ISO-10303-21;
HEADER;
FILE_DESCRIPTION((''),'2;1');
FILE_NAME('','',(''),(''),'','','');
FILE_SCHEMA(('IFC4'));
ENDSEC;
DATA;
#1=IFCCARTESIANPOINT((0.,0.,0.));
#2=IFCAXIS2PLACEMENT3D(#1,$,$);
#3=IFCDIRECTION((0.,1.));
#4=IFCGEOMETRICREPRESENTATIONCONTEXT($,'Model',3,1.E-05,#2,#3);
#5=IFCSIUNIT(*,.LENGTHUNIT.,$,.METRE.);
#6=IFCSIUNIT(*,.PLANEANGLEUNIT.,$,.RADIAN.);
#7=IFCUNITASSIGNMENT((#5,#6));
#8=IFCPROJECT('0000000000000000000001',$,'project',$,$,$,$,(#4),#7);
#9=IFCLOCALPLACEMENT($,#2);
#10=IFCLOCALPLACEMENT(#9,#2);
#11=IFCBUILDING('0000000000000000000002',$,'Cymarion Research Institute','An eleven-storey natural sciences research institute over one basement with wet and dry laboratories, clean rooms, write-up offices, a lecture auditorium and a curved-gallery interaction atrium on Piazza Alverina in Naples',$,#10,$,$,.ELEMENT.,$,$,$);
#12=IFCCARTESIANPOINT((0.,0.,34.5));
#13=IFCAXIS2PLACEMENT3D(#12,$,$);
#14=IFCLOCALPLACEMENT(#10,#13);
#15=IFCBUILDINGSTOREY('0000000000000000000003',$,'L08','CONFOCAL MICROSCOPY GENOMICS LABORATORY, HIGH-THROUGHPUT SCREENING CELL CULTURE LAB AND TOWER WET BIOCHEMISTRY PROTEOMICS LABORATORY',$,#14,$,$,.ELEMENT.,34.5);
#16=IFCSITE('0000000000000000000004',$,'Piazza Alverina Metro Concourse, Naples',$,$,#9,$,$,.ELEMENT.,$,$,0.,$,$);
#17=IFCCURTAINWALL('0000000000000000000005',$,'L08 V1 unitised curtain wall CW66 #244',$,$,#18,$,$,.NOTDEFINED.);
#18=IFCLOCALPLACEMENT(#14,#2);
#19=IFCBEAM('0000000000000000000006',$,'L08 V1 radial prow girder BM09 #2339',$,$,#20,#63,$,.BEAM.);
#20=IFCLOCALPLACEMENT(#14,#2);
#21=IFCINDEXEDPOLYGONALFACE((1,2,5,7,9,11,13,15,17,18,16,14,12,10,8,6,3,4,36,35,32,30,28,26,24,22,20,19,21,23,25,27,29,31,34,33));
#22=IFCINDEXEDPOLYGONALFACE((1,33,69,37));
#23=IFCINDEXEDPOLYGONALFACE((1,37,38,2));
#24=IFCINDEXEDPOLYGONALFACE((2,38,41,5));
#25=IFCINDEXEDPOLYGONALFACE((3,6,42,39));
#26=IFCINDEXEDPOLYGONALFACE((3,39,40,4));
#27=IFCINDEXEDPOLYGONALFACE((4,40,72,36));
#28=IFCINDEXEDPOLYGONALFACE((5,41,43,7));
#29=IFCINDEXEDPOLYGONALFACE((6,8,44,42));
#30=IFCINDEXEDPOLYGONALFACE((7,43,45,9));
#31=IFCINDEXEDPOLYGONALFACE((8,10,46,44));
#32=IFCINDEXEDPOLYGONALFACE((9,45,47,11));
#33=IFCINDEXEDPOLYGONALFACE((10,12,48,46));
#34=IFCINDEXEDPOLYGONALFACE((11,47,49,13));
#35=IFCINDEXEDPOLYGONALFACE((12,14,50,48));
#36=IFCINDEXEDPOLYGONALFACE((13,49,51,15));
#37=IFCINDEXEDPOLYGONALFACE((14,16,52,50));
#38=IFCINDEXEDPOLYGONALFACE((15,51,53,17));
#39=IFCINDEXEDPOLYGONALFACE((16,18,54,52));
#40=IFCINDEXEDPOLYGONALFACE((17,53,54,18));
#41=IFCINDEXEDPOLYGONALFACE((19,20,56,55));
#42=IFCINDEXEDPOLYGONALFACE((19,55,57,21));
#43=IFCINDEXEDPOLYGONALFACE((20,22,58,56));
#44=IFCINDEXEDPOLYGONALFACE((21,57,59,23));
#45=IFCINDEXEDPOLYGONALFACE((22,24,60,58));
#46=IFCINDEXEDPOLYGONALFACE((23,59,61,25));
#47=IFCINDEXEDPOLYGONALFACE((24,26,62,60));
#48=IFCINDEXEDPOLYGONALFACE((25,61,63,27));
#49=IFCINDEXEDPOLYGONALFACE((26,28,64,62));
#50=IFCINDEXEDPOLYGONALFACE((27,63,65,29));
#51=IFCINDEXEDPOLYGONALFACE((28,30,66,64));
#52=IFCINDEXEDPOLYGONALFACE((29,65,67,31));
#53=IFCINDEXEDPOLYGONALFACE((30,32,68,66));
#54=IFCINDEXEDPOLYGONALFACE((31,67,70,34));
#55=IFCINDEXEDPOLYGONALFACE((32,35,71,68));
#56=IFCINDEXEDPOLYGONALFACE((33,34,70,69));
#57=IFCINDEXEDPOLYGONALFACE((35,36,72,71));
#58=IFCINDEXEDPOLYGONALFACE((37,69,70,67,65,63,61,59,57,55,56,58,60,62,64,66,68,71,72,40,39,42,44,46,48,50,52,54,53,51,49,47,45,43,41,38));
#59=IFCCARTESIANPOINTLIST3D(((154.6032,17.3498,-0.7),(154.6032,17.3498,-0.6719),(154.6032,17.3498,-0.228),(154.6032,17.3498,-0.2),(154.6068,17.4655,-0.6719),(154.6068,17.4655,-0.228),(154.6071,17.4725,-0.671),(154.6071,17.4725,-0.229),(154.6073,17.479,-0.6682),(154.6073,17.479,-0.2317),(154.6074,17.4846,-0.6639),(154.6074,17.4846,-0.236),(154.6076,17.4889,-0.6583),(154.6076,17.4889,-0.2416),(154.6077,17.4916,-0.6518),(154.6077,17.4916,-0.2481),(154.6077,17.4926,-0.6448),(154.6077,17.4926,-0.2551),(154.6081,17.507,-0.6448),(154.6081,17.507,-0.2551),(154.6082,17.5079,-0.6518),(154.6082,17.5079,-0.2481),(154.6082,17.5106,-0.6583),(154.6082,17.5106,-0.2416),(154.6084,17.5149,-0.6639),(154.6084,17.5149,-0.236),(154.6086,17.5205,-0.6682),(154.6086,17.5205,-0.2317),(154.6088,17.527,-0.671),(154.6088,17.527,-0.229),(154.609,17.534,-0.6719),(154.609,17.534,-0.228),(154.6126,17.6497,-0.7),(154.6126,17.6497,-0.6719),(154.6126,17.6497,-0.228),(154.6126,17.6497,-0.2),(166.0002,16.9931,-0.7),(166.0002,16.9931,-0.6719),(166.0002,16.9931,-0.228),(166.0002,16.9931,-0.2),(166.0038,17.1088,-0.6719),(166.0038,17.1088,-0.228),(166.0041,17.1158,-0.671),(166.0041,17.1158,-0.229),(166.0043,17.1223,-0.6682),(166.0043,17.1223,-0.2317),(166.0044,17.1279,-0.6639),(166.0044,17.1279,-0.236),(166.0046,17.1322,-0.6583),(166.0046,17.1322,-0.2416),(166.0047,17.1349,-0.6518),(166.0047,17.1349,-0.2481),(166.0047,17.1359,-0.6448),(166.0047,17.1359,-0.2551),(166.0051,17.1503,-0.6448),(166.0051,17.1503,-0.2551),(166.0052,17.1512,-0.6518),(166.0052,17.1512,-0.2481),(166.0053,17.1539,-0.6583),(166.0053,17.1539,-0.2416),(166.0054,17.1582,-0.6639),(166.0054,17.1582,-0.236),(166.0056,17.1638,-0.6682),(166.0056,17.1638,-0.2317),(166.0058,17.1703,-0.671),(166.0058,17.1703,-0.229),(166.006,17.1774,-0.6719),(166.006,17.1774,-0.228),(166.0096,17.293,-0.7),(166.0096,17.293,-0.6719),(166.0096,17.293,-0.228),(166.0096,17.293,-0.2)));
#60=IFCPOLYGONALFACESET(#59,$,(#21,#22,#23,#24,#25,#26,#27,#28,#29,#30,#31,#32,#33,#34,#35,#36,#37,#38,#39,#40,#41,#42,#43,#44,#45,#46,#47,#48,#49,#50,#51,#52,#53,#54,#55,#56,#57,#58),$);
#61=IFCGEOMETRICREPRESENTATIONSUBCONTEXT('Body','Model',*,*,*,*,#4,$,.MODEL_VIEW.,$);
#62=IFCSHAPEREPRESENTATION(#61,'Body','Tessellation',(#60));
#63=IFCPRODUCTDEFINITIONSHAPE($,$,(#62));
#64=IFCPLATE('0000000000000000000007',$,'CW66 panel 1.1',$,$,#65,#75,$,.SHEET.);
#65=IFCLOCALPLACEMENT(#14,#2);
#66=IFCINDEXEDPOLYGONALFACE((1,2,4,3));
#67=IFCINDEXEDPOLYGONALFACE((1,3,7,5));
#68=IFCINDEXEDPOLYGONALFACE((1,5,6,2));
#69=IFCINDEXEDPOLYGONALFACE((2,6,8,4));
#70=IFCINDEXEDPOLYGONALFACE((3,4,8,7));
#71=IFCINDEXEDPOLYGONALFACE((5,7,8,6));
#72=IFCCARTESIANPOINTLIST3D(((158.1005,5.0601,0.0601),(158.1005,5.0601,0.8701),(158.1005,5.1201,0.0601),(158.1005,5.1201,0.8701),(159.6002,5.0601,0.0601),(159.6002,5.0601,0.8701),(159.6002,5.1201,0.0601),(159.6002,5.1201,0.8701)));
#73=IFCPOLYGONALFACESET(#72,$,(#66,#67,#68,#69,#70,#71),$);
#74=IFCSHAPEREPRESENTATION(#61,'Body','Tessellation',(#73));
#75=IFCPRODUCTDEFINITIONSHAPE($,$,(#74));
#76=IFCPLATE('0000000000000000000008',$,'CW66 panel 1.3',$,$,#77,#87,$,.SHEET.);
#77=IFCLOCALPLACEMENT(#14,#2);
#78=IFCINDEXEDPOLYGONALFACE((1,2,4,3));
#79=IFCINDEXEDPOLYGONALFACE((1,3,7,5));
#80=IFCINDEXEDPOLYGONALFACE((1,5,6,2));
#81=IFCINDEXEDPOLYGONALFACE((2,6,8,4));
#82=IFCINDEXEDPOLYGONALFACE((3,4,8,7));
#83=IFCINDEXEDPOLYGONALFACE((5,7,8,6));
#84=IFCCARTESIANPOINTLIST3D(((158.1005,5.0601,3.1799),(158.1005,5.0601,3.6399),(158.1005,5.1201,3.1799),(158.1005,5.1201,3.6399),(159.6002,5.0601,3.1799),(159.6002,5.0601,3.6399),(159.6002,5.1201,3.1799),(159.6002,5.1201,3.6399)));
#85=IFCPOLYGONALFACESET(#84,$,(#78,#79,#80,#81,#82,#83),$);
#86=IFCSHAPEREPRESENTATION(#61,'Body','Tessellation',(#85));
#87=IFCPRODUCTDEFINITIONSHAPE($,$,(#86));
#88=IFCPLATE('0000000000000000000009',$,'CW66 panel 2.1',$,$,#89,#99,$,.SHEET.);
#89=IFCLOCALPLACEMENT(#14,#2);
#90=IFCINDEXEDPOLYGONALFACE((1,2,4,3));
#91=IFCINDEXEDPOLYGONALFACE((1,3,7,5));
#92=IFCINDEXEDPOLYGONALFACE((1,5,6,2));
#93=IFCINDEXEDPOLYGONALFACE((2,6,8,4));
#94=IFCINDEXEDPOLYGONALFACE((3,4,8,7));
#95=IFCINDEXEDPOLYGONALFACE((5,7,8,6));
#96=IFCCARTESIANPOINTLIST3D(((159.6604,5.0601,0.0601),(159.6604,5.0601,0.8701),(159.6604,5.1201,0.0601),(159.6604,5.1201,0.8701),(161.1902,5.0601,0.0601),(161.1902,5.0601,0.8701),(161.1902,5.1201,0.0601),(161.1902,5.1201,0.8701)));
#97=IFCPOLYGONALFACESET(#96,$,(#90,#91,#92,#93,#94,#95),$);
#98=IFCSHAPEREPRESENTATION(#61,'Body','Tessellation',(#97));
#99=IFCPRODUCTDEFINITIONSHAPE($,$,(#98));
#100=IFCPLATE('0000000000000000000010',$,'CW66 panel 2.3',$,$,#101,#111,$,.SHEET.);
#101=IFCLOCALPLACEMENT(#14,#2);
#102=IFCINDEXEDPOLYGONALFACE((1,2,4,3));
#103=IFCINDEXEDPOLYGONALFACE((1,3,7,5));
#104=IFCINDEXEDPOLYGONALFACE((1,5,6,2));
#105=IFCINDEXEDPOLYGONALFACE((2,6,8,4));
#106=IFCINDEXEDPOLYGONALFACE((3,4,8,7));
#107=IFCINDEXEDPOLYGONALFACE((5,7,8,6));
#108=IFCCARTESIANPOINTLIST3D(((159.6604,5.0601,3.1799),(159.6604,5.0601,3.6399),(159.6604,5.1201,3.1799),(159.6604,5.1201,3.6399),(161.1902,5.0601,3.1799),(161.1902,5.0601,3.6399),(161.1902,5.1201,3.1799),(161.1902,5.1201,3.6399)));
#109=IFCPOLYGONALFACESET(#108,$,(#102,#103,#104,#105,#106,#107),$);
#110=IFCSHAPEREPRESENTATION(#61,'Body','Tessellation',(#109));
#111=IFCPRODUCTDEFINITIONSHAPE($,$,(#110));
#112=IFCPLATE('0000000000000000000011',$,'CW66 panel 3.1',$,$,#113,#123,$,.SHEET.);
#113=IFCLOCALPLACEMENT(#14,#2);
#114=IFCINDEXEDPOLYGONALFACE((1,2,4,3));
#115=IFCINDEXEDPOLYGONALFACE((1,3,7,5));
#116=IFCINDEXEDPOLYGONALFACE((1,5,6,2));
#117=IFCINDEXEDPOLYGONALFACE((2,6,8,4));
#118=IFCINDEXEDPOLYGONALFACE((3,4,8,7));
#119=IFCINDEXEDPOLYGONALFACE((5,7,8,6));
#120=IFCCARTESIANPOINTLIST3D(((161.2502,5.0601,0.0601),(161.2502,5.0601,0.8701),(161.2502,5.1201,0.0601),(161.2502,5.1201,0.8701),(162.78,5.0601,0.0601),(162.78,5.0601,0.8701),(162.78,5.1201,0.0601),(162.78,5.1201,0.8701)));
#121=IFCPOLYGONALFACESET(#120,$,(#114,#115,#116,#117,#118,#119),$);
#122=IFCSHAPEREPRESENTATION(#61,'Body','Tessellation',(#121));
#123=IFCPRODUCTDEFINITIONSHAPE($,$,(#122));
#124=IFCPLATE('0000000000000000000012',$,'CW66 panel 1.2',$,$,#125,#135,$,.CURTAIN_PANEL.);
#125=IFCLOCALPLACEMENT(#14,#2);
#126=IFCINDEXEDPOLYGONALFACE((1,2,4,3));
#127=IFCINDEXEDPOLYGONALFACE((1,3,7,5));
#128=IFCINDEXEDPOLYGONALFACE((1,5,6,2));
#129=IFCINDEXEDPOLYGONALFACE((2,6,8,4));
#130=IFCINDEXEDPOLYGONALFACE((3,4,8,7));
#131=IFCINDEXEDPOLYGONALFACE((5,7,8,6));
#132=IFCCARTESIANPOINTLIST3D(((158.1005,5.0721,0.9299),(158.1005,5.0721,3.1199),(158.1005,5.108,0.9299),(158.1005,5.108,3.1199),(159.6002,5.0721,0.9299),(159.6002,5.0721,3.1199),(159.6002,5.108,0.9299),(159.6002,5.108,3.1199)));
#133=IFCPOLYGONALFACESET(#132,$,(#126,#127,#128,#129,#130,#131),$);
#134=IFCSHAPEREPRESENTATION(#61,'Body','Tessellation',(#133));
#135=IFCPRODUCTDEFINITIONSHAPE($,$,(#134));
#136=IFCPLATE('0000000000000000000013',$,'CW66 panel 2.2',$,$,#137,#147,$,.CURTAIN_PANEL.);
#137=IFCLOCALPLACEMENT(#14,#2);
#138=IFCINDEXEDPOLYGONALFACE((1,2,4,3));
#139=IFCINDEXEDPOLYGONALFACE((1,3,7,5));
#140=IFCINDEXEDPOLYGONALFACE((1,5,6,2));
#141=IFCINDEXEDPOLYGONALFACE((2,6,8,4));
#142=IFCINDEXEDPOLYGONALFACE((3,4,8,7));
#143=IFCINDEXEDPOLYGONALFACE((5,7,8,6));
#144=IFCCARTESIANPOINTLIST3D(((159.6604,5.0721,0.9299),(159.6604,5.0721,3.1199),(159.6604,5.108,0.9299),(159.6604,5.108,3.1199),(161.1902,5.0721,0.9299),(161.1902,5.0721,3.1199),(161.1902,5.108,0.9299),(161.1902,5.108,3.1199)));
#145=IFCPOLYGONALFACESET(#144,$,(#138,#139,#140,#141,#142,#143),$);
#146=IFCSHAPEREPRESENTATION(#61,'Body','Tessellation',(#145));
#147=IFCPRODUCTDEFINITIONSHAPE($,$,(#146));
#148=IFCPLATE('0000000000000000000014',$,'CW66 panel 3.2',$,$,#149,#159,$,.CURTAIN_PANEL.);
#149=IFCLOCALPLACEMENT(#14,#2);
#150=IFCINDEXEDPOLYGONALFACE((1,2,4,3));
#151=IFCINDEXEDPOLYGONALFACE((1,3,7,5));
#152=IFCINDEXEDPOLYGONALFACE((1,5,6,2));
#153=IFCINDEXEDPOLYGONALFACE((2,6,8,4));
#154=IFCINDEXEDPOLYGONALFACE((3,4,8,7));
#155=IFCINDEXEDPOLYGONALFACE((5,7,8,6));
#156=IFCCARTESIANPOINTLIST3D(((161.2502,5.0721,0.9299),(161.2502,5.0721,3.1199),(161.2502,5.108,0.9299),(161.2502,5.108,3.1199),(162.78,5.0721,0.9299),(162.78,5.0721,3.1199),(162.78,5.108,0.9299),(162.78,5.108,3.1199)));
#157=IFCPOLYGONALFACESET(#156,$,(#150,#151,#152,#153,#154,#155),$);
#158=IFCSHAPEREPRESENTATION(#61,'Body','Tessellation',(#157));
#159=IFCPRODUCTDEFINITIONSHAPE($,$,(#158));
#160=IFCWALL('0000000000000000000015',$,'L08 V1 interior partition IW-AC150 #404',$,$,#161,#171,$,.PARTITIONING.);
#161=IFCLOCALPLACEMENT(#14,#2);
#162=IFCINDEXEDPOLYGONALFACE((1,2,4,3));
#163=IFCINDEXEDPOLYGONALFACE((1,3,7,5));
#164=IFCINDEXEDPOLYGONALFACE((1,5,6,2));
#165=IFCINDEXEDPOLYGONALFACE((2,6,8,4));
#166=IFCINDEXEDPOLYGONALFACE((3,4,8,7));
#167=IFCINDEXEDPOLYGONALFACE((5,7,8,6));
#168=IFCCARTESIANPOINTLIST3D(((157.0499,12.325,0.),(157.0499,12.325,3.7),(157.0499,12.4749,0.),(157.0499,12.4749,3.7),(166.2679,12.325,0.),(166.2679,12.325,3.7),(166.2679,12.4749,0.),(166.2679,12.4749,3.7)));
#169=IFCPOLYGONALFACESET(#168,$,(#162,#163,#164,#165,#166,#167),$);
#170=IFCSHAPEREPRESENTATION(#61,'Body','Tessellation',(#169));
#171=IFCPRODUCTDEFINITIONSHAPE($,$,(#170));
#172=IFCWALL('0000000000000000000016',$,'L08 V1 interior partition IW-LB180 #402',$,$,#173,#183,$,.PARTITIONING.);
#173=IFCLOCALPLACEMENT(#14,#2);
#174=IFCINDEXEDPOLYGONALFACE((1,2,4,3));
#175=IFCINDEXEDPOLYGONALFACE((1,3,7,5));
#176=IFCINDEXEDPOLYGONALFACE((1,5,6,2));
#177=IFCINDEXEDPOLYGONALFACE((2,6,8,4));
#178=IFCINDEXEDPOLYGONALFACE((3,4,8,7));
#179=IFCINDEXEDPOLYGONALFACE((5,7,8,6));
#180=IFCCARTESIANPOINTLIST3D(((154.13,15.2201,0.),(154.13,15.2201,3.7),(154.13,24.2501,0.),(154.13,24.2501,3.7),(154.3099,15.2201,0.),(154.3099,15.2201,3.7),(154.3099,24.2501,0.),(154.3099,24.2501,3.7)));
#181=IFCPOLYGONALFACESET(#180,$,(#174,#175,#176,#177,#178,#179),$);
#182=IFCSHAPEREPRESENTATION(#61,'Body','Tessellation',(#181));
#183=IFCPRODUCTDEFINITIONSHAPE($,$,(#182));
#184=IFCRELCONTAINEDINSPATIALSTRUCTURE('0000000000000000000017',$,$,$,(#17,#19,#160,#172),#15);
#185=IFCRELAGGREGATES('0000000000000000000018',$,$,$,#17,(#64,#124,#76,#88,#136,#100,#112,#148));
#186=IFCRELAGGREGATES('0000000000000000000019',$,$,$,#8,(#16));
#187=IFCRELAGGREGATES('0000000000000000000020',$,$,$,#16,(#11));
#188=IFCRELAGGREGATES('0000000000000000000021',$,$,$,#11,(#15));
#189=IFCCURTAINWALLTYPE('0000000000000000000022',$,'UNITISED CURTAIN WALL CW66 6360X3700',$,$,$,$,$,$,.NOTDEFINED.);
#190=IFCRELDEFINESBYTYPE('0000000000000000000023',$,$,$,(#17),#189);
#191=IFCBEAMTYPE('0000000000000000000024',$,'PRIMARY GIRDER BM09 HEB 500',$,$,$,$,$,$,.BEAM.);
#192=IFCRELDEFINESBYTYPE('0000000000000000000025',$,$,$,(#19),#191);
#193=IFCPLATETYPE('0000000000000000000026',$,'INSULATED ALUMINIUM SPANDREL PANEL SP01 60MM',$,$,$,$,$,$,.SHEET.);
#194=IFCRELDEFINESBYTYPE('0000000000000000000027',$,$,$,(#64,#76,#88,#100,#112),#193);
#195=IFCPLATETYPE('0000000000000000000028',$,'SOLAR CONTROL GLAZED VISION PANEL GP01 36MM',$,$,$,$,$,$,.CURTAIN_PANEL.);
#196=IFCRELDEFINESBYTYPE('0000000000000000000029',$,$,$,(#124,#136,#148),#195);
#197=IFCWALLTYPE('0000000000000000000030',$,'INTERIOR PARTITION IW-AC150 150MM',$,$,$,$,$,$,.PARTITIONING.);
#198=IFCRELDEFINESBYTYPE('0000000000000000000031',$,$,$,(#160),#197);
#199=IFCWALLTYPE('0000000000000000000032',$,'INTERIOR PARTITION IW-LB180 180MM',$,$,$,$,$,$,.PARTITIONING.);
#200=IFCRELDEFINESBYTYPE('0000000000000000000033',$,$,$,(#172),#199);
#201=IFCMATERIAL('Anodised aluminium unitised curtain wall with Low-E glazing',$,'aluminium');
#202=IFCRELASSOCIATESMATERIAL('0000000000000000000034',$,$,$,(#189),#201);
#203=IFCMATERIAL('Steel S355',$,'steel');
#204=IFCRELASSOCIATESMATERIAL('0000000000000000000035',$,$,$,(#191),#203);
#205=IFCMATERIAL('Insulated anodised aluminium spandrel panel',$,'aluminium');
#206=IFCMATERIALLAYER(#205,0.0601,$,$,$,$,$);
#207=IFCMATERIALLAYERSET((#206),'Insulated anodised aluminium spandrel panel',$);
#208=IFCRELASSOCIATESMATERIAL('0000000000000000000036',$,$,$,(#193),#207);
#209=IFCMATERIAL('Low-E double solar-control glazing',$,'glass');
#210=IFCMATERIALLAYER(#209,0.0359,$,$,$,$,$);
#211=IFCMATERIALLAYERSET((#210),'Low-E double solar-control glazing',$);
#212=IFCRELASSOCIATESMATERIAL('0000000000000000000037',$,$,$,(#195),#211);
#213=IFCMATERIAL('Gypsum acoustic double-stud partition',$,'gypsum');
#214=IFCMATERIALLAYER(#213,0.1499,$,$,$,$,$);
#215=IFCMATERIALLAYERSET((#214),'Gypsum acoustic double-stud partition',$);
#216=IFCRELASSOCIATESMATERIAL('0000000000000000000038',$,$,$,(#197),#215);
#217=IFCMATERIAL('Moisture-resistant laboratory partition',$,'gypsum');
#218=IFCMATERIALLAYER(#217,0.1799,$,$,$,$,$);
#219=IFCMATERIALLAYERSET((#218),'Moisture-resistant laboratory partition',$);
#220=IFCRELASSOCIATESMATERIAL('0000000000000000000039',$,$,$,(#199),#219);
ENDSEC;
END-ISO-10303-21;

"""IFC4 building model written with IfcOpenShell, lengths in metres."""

from ifc_helpers import new_model, si_unit, direction, frame, frame_2d, origin, origin_2d, place, context, subcontext, project, spatial, rectangle, i_section, extrude, material, layer, layer_set, material_profile, profile_set, type_object, element, aggregate, save


model = new_model("IFC4")

# Units and contexts
model_context = context("Model", 3, precision=1e-05, world=origin(), true_north=direction((0.0, 1.0)))
body_context = subcontext(model_context, "Body", "Model", "MODEL_VIEW")
ifc_project = project(units=[si_unit("LENGTHUNIT", "METRE"), si_unit("PLANEANGLEUNIT", "RADIAN")], contexts=[model_context])

# Site, building, storey
site_placement = place(None, origin())
site = spatial("IfcSite", under=ifc_project, at=site_placement, Name="Piazza Alverina Metro Concourse, Naples", CompositionType="ELEMENT", RefElevation=0.0)
building_placement = place(site_placement, origin())
building = spatial("IfcBuilding", under=site, at=building_placement, Name="Cymarion Research Institute", Description="An eleven-storey natural sciences research institute over one basement with wet and dry laboratories, clean rooms, write-up offices, a lecture auditorium and a curved-gallery interaction atrium on Piazza Alverina in Naples", CompositionType="ELEMENT")
storey_placement = place(building_placement, frame((0.0, 0.0, 34.5)))
storey = spatial("IfcBuildingStorey", under=building, at=storey_placement, Name="L08", Description="CONFOCAL MICROSCOPY GENOMICS LABORATORY, HIGH-THROUGHPUT SCREENING CELL CULTURE LAB AND TOWER WET BIOCHEMISTRY PROTEOMICS LABORATORY", CompositionType="ELEMENT", Elevation=34.5)

# Shared definitions
ifc_material_1 = material(Name="Steel S355", Category="steel")

# Curtain wall
ifc_material_2 = material(Name="Anodised aluminium unitised curtain wall with Low-E glazing", Category="aluminium")
curtain_wall_type = type_object("IfcCurtainWallType", Name="UNITISED CURTAIN WALL CW66 6360X3700", PredefinedType="NOTDEFINED", material=ifc_material_2)
curtain_wall_placement = place(storey_placement, origin())
curtain_wall = element("IfcCurtainWall", 1, at=curtain_wall_placement, inside=storey, type_object=curtain_wall_type, Name="L08 V1 unitised curtain wall CW66 #244", PredefinedType="NOTDEFINED")

# Beam
ifc_material_profile_1 = material_profile(ifc_material_1, i_section(OverallWidth=0.3, OverallDepth=0.5, WebThickness=0.0144, FlangeThickness=0.0281, FilletRadius=0.0271, at=origin_2d()), Name="HEB 500")
ifc_profile_set_1 = profile_set([ifc_material_profile_1], Name="Steel S355")
beam_type_1 = type_object("IfcBeamType", Name="PRIMARY GIRDER BM09 HEB 500", PredefinedType="BEAM", material=ifc_profile_set_1)
beam_1_placement = place(storey_placement, frame((154.6079, 17.4998, -0.45), z_axis=(0.999511, -0.031282, 0.0), x_axis=(0.031282, 0.999511, 0.0)))
element("IfcBeam", 2, at=beam_1_placement, inside=storey, type_object=beam_type_1, Name="L08 V1 radial prow girder BM09 #2339", PredefinedType="BEAM", context=body_context, shape_type="SweptSolid", body=[
    extrude(i_section(OverallWidth=0.3, OverallDepth=0.5, WebThickness=0.0144, FlangeThickness=0.0281, FilletRadius=0.0271, at=origin_2d()), origin(), (0.0, 0.0, 1.0), 11.4026),
])

# Plates
ifc_material_3 = material(Name="Insulated anodised aluminium spandrel panel", Category="aluminium")
ifc_layer_1 = layer(ifc_material_3, 0.0601)
ifc_layer_set_1 = layer_set([ifc_layer_1], Name="Insulated anodised aluminium spandrel panel")
plate_type_1 = type_object("IfcPlateType", Name="INSULATED ALUMINIUM SPANDREL PANEL SP01 60MM", PredefinedType="SHEET", material=ifc_layer_set_1)
plate_1_placement = place(storey_placement, frame((158.8503, 5.0901, 0.0601), z_axis=(0.0, 0.0, 1.0), x_axis=(1.0, 0.0, 0.0)))
plate_1 = element("IfcPlate", 3, at=plate_1_placement, type_object=plate_type_1, Name="CW66 panel 1.1", PredefinedType="SHEET", context=body_context, shape_type="SweptSolid", body=[
    extrude(rectangle(XDim=1.4998, YDim=0.0601, at=origin_2d()), origin(), (0.0, 0.0, 1.0), 0.8101),
])
plate_2_placement = place(storey_placement, frame((158.8503, 5.0901, 3.1799), z_axis=(0.0, 0.0, 1.0), x_axis=(1.0, 0.0, 0.0)))
plate_2 = element("IfcPlate", 4, at=plate_2_placement, type_object=plate_type_1, Name="CW66 panel 1.3", PredefinedType="SHEET", context=body_context, shape_type="SweptSolid", body=[
    extrude(rectangle(XDim=1.4998, YDim=0.0601, at=origin_2d()), origin(), (0.0, 0.0, 1.0), 0.46),
])
plate_3_placement = place(storey_placement, frame((160.4253, 5.0901, 0.0601), z_axis=(0.0, 0.0, 1.0), x_axis=(1.0, 0.0, 0.0)))
plate_3 = element("IfcPlate", 5, at=plate_3_placement, type_object=plate_type_1, Name="CW66 panel 2.1", PredefinedType="SHEET", context=body_context, shape_type="SweptSolid", body=[
    extrude(rectangle(XDim=1.5298, YDim=0.0601, at=origin_2d()), origin(), (0.0, 0.0, 1.0), 0.8101),
])
plate_4_placement = place(storey_placement, frame((160.4253, 5.0901, 3.1799), z_axis=(0.0, 0.0, 1.0), x_axis=(1.0, 0.0, 0.0)))
plate_4 = element("IfcPlate", 6, at=plate_4_placement, type_object=plate_type_1, Name="CW66 panel 2.3", PredefinedType="SHEET", context=body_context, shape_type="SweptSolid", body=[
    extrude(rectangle(XDim=1.5298, YDim=0.0601, at=origin_2d()), origin(), (0.0, 0.0, 1.0), 0.46),
])
plate_5_placement = place(storey_placement, frame((162.0151, 5.0901, 0.0601), z_axis=(0.0, 0.0, 1.0), x_axis=(1.0, 0.0, 0.0)))
plate_5 = element("IfcPlate", 7, at=plate_5_placement, type_object=plate_type_1, Name="CW66 panel 3.1", PredefinedType="SHEET", context=body_context, shape_type="SweptSolid", body=[
    extrude(rectangle(XDim=1.5298, YDim=0.0601, at=origin_2d()), origin(), (0.0, 0.0, 1.0), 0.8101),
])
ifc_material_4 = material(Name="Low-E double solar-control glazing", Category="glass")
ifc_layer_2 = layer(ifc_material_4, 0.0359)
ifc_layer_set_2 = layer_set([ifc_layer_2], Name="Low-E double solar-control glazing")
plate_type_2 = type_object("IfcPlateType", Name="SOLAR CONTROL GLAZED VISION PANEL GP01 36MM", PredefinedType="CURTAIN_PANEL", material=ifc_layer_set_2)
plate_6_placement = place(storey_placement, frame((158.8503, 5.0901, 0.9299), z_axis=(0.0, 0.0, 1.0), x_axis=(1.0, 0.0, 0.0)))
plate_6 = element("IfcPlate", 8, at=plate_6_placement, type_object=plate_type_2, Name="CW66 panel 1.2", PredefinedType="CURTAIN_PANEL", context=body_context, shape_type="SweptSolid", body=[
    extrude(rectangle(XDim=1.4998, YDim=0.0359, at=origin_2d()), origin(), (0.0, 0.0, 1.0), 2.1899),
])
plate_7_placement = place(storey_placement, frame((160.4253, 5.0901, 0.9299), z_axis=(0.0, 0.0, 1.0), x_axis=(1.0, 0.0, 0.0)))
plate_7 = element("IfcPlate", 9, at=plate_7_placement, type_object=plate_type_2, Name="CW66 panel 2.2", PredefinedType="CURTAIN_PANEL", context=body_context, shape_type="SweptSolid", body=[
    extrude(rectangle(XDim=1.5298, YDim=0.0359, at=origin_2d()), origin(), (0.0, 0.0, 1.0), 2.1899),
])
plate_8_placement = place(storey_placement, frame((162.0151, 5.0901, 0.9299), z_axis=(0.0, 0.0, 1.0), x_axis=(1.0, 0.0, 0.0)))
plate_8 = element("IfcPlate", 10, at=plate_8_placement, type_object=plate_type_2, Name="CW66 panel 3.2", PredefinedType="CURTAIN_PANEL", context=body_context, shape_type="SweptSolid", body=[
    extrude(rectangle(XDim=1.5298, YDim=0.0359, at=origin_2d()), origin(), (0.0, 0.0, 1.0), 2.1899),
])
aggregate(curtain_wall, [plate_1, plate_6, plate_2, plate_3, plate_7, plate_4, plate_5, plate_8])

# Walls
ifc_material_5 = material(Name="Gypsum acoustic double-stud partition", Category="gypsum")
ifc_layer_3 = layer(ifc_material_5, 0.1499)
ifc_layer_set_3 = layer_set([ifc_layer_3], Name="Gypsum acoustic double-stud partition")
wall_type_1 = type_object("IfcWallType", Name="INTERIOR PARTITION IW-AC150 150MM", PredefinedType="PARTITIONING", material=ifc_layer_set_3)
wall_1_placement = place(storey_placement, frame((157.05, 12.3999, 0.0), z_axis=(0.0, 0.0, 1.0), x_axis=(1.0, 0.0, 0.0)))
element("IfcWall", 11, at=wall_1_placement, inside=storey, type_object=wall_type_1, Name="L08 V1 interior partition IW-AC150 #404", PredefinedType="PARTITIONING", context=body_context, shape_type="SweptSolid", body=[
    extrude(rectangle(XDim=9.218, YDim=0.1499, at=frame_2d((4.6089, 0.0))), origin(), (0.0, 0.0, 1.0), 3.7),
])
ifc_material_6 = material(Name="Moisture-resistant laboratory partition", Category="gypsum")
ifc_layer_4 = layer(ifc_material_6, 0.1799)
ifc_layer_set_4 = layer_set([ifc_layer_4], Name="Moisture-resistant laboratory partition")
wall_type_2 = type_object("IfcWallType", Name="INTERIOR PARTITION IW-LB180 180MM", PredefinedType="PARTITIONING", material=ifc_layer_set_4)
wall_2_placement = place(storey_placement, frame((154.22, 15.22, 0.0), z_axis=(0.0, 0.0, 1.0), x_axis=(0.0, 1.0, 0.0)))
element("IfcWall", 12, at=wall_2_placement, inside=storey, type_object=wall_type_2, Name="L08 V1 interior partition IW-LB180 #402", PredefinedType="PARTITIONING", context=body_context, shape_type="SweptSolid", body=[
    extrude(rectangle(XDim=9.03, YDim=0.1799, at=frame_2d((4.5151, 0.0))), origin(), (0.0, 0.0, 1.0), 3.7),
])

save(model, "model.ifc")
